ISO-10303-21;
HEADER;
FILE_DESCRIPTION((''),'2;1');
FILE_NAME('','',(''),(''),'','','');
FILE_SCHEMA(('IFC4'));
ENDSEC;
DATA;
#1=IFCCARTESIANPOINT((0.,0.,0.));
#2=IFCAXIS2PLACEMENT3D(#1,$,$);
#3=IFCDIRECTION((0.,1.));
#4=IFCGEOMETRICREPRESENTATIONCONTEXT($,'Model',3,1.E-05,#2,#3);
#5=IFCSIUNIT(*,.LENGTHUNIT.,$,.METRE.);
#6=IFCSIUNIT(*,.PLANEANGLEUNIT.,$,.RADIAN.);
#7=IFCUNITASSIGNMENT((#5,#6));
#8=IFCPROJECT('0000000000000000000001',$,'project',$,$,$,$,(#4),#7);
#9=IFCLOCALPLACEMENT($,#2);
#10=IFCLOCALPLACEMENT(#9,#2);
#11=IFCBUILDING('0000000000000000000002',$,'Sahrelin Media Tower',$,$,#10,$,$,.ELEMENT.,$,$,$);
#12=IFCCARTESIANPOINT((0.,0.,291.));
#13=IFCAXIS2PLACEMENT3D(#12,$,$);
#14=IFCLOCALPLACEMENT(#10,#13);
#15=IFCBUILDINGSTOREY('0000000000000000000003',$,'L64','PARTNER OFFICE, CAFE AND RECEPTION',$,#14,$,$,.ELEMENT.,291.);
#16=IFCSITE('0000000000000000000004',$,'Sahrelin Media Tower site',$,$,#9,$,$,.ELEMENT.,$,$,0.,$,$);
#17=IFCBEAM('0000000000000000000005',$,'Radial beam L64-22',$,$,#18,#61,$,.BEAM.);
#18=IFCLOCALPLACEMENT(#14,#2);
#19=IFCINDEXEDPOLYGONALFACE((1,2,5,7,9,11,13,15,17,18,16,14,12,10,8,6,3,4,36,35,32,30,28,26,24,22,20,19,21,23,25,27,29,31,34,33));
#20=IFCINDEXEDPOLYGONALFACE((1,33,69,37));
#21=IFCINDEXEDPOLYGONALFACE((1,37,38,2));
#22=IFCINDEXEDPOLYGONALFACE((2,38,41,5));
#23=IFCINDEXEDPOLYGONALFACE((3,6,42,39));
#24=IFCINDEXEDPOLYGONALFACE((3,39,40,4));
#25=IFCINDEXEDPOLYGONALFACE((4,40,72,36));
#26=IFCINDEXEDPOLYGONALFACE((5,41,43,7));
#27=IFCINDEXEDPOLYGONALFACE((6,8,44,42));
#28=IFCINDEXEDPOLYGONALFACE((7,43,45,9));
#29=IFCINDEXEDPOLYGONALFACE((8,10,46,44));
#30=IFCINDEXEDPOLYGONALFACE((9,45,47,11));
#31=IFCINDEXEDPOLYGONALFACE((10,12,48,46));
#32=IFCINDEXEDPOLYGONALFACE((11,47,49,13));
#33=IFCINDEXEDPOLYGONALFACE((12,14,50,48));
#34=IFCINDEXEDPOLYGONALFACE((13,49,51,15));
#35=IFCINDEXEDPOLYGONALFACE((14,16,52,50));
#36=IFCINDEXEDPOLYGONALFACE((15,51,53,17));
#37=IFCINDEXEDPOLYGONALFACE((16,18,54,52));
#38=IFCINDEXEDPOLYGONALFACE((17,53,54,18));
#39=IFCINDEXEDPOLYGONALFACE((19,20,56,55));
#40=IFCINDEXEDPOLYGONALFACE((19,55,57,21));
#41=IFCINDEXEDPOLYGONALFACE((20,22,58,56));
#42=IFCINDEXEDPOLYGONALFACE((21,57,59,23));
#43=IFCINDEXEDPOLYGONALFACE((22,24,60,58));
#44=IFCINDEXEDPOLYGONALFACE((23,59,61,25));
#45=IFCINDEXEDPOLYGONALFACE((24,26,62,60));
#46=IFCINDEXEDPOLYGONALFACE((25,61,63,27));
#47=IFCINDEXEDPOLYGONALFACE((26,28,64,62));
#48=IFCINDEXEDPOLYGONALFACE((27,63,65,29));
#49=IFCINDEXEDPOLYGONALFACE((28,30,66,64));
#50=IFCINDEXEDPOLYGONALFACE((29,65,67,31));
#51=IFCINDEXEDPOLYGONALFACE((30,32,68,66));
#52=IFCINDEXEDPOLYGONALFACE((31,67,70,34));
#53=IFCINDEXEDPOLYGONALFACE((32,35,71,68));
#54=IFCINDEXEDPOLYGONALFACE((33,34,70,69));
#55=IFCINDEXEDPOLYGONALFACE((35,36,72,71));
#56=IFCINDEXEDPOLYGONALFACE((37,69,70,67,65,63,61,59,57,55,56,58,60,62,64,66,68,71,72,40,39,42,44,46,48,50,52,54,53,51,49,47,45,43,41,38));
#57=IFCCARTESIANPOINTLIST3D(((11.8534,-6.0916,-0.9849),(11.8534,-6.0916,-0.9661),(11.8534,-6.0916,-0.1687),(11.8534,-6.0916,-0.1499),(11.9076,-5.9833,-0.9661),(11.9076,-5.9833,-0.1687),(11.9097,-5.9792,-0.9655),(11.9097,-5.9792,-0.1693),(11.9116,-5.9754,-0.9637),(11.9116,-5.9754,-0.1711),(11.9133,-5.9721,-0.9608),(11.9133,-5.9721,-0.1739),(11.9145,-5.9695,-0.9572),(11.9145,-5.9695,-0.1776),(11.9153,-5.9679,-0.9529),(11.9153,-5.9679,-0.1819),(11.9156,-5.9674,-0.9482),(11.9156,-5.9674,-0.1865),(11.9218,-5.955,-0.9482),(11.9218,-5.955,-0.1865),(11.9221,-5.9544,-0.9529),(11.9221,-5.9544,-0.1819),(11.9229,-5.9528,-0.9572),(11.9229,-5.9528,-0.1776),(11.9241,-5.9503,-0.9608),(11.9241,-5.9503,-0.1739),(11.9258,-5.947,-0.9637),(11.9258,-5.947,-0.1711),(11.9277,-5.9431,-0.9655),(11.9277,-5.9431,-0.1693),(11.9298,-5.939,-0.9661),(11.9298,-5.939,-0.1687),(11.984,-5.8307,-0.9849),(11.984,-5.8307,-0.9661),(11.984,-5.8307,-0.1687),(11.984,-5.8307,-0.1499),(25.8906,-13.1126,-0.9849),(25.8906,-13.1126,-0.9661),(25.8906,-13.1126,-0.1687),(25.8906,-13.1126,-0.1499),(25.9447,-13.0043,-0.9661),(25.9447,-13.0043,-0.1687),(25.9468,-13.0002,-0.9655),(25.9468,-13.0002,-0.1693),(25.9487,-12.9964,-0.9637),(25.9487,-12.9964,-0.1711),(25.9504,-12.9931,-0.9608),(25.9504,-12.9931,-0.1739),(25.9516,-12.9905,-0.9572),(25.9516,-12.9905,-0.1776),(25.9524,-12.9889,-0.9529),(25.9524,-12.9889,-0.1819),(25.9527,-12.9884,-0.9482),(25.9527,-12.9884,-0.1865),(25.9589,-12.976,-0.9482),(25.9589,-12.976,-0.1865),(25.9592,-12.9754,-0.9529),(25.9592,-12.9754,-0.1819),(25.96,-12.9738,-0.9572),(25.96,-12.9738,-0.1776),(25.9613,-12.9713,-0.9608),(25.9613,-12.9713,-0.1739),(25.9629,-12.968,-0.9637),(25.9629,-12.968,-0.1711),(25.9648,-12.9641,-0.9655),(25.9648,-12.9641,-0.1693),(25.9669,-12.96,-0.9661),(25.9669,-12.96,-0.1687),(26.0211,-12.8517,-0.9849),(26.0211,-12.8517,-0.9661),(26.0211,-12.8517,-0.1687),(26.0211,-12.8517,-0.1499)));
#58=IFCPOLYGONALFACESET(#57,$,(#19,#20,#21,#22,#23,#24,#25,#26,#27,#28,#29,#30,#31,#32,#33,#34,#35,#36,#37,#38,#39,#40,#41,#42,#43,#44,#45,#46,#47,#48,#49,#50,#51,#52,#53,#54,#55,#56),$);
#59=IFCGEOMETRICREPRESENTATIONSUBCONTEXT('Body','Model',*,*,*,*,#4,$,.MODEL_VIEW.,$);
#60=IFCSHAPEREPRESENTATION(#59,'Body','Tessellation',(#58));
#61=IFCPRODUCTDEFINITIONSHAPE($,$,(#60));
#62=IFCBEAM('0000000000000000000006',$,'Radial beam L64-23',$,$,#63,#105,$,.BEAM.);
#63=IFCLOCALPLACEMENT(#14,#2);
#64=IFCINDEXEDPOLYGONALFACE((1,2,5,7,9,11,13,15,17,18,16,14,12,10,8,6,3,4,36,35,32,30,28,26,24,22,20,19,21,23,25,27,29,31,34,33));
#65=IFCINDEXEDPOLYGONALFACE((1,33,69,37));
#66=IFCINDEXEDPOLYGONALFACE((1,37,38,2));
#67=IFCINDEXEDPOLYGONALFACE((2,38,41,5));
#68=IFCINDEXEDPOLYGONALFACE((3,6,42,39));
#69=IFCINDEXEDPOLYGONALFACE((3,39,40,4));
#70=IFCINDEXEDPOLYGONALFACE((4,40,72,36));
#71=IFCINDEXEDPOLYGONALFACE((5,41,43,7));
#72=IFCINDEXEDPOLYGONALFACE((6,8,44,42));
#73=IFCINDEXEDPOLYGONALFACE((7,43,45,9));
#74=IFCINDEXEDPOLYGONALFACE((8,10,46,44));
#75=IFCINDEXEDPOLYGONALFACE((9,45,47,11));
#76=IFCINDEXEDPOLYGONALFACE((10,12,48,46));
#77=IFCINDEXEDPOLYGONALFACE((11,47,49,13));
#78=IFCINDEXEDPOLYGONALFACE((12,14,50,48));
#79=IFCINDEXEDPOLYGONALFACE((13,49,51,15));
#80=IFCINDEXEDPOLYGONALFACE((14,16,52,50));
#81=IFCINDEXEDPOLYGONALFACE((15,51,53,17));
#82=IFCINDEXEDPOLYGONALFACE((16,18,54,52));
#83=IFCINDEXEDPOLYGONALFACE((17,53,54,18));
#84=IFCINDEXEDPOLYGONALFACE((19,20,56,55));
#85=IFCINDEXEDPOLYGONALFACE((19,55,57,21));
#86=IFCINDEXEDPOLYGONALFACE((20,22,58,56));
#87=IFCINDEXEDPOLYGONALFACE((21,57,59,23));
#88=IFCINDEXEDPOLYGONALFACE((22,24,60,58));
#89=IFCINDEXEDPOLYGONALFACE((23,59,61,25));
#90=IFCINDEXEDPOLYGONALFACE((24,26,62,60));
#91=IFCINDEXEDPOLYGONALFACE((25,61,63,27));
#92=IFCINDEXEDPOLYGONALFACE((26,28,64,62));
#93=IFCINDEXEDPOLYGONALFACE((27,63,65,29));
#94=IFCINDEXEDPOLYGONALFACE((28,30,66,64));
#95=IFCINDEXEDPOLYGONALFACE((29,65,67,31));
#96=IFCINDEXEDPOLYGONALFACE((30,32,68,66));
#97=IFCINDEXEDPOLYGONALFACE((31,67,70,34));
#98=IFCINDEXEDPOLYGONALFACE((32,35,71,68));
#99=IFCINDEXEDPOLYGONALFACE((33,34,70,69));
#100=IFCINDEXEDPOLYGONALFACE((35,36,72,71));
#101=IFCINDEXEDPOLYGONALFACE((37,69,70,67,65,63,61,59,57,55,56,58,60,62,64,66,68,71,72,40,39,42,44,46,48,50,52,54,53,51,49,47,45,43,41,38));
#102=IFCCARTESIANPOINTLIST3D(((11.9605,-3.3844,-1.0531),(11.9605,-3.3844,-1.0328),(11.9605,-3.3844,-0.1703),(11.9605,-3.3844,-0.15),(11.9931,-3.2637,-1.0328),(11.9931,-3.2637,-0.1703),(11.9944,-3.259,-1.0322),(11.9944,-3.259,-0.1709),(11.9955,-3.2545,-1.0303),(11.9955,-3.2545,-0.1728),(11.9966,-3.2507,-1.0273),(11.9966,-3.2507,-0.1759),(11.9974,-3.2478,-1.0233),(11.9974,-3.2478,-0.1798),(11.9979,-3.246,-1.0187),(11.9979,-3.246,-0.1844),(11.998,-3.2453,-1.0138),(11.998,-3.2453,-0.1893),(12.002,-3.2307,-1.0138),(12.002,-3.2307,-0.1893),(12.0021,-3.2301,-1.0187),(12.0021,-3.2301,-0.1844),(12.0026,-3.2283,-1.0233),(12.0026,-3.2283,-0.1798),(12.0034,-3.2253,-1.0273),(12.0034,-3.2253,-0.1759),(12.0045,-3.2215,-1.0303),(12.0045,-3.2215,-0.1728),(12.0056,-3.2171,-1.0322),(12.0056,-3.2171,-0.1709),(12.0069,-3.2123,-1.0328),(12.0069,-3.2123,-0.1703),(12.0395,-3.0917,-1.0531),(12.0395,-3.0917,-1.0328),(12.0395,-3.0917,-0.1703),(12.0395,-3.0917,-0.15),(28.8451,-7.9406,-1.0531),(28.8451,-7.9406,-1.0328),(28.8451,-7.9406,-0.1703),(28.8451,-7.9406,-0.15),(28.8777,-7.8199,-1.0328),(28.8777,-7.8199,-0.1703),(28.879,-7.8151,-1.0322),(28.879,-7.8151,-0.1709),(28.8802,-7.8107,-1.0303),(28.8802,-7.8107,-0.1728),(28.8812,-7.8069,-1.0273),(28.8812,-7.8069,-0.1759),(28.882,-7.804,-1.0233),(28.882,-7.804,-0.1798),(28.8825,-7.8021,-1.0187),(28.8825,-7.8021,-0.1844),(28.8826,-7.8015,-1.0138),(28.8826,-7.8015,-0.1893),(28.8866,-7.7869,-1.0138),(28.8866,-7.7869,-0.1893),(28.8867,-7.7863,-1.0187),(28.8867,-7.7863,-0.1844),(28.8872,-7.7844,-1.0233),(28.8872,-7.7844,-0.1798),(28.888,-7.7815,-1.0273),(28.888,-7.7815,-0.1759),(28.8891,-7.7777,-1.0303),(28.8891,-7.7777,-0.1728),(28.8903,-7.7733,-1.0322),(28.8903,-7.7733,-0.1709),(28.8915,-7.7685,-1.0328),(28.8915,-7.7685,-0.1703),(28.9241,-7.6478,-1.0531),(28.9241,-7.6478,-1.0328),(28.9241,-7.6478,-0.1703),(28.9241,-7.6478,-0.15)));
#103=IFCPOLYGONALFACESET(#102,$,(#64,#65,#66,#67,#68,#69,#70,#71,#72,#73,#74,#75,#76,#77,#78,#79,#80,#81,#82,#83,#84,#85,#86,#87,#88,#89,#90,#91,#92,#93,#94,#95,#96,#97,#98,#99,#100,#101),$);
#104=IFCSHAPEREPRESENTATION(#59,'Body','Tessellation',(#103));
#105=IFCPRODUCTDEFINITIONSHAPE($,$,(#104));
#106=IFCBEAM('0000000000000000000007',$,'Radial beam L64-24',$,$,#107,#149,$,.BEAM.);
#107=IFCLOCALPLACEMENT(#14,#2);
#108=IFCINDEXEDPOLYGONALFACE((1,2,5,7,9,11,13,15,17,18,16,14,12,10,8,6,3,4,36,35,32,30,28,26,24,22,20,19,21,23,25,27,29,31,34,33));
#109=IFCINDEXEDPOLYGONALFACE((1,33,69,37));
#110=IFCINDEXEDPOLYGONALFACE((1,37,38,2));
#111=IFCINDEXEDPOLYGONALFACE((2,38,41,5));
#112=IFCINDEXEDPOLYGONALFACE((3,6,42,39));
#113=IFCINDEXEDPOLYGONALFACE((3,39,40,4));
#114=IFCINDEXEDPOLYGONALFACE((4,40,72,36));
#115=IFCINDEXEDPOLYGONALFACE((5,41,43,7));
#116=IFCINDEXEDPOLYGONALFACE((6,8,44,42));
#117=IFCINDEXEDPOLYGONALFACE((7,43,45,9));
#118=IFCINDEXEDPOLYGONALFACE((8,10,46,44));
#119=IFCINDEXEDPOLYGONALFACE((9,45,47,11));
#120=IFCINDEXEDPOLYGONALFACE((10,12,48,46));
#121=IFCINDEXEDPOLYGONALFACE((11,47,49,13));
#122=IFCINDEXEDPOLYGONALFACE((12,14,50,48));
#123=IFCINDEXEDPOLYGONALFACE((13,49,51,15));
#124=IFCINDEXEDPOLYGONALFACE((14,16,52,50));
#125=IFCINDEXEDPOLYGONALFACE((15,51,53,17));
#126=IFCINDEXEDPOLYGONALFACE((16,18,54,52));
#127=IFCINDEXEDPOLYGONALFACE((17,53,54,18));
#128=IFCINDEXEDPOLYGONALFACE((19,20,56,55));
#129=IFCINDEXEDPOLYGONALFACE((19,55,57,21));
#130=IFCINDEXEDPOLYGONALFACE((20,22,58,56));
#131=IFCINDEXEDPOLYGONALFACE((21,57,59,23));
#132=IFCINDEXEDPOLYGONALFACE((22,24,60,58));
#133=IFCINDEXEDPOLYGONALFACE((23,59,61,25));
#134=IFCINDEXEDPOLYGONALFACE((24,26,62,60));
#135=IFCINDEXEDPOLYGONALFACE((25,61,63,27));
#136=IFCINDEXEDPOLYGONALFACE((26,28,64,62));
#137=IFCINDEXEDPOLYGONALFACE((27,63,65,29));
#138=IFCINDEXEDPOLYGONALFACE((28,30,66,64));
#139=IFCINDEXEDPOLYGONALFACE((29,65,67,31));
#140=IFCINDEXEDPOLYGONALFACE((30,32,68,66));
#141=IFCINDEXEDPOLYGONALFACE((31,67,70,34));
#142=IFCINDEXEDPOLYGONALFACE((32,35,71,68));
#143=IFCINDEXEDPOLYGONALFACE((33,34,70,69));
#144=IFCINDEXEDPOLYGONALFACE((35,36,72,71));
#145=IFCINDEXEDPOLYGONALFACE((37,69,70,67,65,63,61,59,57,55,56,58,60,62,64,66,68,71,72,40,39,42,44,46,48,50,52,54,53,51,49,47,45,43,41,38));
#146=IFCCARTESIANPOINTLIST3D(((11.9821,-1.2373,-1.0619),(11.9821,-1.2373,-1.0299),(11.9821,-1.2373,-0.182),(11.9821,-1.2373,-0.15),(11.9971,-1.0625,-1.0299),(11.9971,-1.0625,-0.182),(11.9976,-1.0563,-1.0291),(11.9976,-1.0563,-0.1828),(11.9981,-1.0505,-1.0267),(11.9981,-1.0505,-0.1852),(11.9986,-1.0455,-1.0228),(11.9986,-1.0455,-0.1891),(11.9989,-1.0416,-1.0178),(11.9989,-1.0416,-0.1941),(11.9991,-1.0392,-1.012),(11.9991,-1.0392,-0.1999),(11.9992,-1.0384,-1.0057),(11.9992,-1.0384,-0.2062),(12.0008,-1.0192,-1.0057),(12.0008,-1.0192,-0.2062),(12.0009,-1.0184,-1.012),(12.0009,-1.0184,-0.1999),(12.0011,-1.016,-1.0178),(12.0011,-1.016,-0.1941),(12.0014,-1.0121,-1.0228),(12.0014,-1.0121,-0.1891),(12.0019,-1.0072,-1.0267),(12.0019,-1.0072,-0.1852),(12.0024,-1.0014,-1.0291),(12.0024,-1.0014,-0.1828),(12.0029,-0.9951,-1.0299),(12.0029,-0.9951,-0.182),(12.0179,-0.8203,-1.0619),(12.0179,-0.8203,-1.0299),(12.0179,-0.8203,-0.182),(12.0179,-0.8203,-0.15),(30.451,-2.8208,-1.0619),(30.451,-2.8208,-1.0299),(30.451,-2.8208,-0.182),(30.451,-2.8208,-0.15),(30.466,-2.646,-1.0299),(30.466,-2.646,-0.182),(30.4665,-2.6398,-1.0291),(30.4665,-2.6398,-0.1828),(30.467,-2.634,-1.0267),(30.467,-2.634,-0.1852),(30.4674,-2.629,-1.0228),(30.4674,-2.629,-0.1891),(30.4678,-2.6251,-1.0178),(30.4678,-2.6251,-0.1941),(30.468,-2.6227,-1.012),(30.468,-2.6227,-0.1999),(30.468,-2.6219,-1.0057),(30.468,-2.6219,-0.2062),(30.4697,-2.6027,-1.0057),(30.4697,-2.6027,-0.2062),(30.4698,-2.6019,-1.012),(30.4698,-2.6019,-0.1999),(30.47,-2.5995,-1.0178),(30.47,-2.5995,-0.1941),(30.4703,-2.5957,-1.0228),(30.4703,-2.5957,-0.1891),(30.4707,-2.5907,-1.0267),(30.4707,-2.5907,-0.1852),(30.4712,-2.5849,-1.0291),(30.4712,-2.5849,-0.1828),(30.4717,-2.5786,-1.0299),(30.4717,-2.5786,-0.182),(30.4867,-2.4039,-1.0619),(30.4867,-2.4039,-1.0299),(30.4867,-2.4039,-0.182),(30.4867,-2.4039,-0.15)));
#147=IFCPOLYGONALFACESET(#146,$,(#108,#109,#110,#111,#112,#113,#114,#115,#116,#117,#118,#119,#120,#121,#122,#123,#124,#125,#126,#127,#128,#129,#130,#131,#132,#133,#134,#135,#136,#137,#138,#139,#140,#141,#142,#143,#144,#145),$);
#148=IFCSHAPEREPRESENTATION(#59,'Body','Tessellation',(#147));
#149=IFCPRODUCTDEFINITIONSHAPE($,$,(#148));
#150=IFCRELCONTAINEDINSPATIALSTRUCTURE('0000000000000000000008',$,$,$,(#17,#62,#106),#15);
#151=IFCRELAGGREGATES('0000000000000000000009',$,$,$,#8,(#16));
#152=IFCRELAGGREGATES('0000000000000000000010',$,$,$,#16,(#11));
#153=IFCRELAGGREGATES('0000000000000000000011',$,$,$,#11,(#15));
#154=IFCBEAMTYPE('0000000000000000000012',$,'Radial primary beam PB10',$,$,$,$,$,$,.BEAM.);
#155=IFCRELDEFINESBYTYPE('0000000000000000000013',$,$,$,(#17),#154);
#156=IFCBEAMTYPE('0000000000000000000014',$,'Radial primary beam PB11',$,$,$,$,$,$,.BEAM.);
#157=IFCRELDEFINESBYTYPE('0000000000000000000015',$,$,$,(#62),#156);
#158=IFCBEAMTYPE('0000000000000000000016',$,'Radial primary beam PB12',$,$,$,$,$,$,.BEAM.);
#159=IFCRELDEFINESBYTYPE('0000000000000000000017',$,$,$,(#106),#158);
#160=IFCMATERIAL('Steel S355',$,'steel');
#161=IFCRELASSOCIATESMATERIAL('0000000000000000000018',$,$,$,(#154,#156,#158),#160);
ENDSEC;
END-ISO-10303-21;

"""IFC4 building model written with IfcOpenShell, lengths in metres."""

from ifc_helpers import new_model, si_unit, direction, frame, origin, origin_2d, place, context, subcontext, project, spatial, i_section, extrude, material, material_profile, profile_set, type_object, element, save


model = new_model("IFC4")

# Units and contexts
model_context = context("Model", 3, precision=1e-05, world=origin(), true_north=direction((0.0, 1.0)))
body_context = subcontext(model_context, "Body", "Model", "MODEL_VIEW")
ifc_project = project(units=[si_unit("LENGTHUNIT", "METRE"), si_unit("PLANEANGLEUNIT", "RADIAN")], contexts=[model_context])

# Site, building, storey
site_placement = place(None, origin())
site = spatial("IfcSite", under=ifc_project, at=site_placement, Name="Sahrelin Media Tower site", CompositionType="ELEMENT", RefElevation=0.0)
building_placement = place(site_placement, origin())
building = spatial("IfcBuilding", under=site, at=building_placement, Name="Sahrelin Media Tower", CompositionType="ELEMENT")
storey_placement = place(building_placement, frame((0.0, 0.0, 291.0)))
storey = spatial("IfcBuildingStorey", under=building, at=storey_placement, Name="L64", Description="PARTNER OFFICE, CAFE AND RECEPTION", CompositionType="ELEMENT", Elevation=291.0)

# Beams
ifc_material_1 = material(Name="Steel S355", Category="steel")
ifc_material_profile_1 = material_profile(ifc_material_1, i_section(OverallWidth=0.2917, OverallDepth=0.835, WebThickness=0.0139, FlangeThickness=0.0188, FilletRadius=0.0178, at=origin_2d()), Name="UB 838x292x176")
ifc_profile_set_1 = profile_set([ifc_material_profile_1], Name="Steel S355")
beam_type_1 = type_object("IfcBeamType", Name="Radial primary beam PB10", PredefinedType="BEAM", material=ifc_profile_set_1)
beam_1_placement = place(storey_placement, frame((11.9187, -5.9612, -0.5674), z_axis=(0.894365, -0.447338, 0.0), x_axis=(0.447338, 0.894365, 0.0)))
element("IfcBeam", 1, at=beam_1_placement, inside=storey, type_object=beam_type_1, Name="Radial beam L64-22", PredefinedType="BEAM", context=body_context, shape_type="SweptSolid", body=[
    extrude(i_section(OverallWidth=0.2917, OverallDepth=0.835, WebThickness=0.0139, FlangeThickness=0.0188, FilletRadius=0.0178, at=origin_2d()), origin(), (0.0, 0.0, 1.0), 15.6951),
])
ifc_material_profile_2 = material_profile(ifc_material_1, i_section(OverallWidth=0.3032, OverallDepth=0.9031, WebThickness=0.0151, FlangeThickness=0.0203, FilletRadius=0.019, at=origin_2d()), Name="UB 914x305x201")
ifc_profile_set_2 = profile_set([ifc_material_profile_2], Name="Steel S355")
beam_type_2 = type_object("IfcBeamType", Name="Radial primary beam PB11", PredefinedType="BEAM", material=ifc_profile_set_2)
beam_2_placement = place(storey_placement, frame((12.0, -3.238, -0.6016), z_axis=(0.965467, -0.260524, 0.0), x_axis=(0.260524, 0.965467, 0.0)))
element("IfcBeam", 2, at=beam_2_placement, inside=storey, type_object=beam_type_2, Name="Radial beam L64-23", PredefinedType="BEAM", context=body_context, shape_type="SweptSolid", body=[
    extrude(i_section(OverallWidth=0.3032, OverallDepth=0.9031, WebThickness=0.0151, FlangeThickness=0.0203, FilletRadius=0.019, at=origin_2d()), origin(), (0.0, 0.0, 1.0), 17.4885),
])
ifc_material_profile_3 = material_profile(ifc_material_1, i_section(OverallWidth=0.4185, OverallDepth=0.9119, WebThickness=0.0193, FlangeThickness=0.032, FilletRadius=0.0242, at=origin_2d()), Name="UB 914x419x343")
ifc_profile_set_3 = profile_set([ifc_material_profile_3], Name="Steel S355")
beam_type_3 = type_object("IfcBeamType", Name="Radial primary beam PB12", PredefinedType="BEAM", material=ifc_profile_set_3)
beam_3_placement = place(storey_placement, frame((12.0, -1.0288, -0.606), z_axis=(0.996345, -0.085426, 0.0), x_axis=(0.085426, 0.996345, 0.0)))
element("IfcBeam", 3, at=beam_3_placement, inside=storey, type_object=beam_type_3, Name="Radial beam L64-24", PredefinedType="BEAM", context=body_context, shape_type="SweptSolid", body=[
    extrude(i_section(OverallWidth=0.4185, OverallDepth=0.9119, WebThickness=0.0193, FlangeThickness=0.032, FilletRadius=0.0242, at=origin_2d()), origin(), (0.0, 0.0, 1.0), 18.5366),
])

save(model, "model.ifc")
